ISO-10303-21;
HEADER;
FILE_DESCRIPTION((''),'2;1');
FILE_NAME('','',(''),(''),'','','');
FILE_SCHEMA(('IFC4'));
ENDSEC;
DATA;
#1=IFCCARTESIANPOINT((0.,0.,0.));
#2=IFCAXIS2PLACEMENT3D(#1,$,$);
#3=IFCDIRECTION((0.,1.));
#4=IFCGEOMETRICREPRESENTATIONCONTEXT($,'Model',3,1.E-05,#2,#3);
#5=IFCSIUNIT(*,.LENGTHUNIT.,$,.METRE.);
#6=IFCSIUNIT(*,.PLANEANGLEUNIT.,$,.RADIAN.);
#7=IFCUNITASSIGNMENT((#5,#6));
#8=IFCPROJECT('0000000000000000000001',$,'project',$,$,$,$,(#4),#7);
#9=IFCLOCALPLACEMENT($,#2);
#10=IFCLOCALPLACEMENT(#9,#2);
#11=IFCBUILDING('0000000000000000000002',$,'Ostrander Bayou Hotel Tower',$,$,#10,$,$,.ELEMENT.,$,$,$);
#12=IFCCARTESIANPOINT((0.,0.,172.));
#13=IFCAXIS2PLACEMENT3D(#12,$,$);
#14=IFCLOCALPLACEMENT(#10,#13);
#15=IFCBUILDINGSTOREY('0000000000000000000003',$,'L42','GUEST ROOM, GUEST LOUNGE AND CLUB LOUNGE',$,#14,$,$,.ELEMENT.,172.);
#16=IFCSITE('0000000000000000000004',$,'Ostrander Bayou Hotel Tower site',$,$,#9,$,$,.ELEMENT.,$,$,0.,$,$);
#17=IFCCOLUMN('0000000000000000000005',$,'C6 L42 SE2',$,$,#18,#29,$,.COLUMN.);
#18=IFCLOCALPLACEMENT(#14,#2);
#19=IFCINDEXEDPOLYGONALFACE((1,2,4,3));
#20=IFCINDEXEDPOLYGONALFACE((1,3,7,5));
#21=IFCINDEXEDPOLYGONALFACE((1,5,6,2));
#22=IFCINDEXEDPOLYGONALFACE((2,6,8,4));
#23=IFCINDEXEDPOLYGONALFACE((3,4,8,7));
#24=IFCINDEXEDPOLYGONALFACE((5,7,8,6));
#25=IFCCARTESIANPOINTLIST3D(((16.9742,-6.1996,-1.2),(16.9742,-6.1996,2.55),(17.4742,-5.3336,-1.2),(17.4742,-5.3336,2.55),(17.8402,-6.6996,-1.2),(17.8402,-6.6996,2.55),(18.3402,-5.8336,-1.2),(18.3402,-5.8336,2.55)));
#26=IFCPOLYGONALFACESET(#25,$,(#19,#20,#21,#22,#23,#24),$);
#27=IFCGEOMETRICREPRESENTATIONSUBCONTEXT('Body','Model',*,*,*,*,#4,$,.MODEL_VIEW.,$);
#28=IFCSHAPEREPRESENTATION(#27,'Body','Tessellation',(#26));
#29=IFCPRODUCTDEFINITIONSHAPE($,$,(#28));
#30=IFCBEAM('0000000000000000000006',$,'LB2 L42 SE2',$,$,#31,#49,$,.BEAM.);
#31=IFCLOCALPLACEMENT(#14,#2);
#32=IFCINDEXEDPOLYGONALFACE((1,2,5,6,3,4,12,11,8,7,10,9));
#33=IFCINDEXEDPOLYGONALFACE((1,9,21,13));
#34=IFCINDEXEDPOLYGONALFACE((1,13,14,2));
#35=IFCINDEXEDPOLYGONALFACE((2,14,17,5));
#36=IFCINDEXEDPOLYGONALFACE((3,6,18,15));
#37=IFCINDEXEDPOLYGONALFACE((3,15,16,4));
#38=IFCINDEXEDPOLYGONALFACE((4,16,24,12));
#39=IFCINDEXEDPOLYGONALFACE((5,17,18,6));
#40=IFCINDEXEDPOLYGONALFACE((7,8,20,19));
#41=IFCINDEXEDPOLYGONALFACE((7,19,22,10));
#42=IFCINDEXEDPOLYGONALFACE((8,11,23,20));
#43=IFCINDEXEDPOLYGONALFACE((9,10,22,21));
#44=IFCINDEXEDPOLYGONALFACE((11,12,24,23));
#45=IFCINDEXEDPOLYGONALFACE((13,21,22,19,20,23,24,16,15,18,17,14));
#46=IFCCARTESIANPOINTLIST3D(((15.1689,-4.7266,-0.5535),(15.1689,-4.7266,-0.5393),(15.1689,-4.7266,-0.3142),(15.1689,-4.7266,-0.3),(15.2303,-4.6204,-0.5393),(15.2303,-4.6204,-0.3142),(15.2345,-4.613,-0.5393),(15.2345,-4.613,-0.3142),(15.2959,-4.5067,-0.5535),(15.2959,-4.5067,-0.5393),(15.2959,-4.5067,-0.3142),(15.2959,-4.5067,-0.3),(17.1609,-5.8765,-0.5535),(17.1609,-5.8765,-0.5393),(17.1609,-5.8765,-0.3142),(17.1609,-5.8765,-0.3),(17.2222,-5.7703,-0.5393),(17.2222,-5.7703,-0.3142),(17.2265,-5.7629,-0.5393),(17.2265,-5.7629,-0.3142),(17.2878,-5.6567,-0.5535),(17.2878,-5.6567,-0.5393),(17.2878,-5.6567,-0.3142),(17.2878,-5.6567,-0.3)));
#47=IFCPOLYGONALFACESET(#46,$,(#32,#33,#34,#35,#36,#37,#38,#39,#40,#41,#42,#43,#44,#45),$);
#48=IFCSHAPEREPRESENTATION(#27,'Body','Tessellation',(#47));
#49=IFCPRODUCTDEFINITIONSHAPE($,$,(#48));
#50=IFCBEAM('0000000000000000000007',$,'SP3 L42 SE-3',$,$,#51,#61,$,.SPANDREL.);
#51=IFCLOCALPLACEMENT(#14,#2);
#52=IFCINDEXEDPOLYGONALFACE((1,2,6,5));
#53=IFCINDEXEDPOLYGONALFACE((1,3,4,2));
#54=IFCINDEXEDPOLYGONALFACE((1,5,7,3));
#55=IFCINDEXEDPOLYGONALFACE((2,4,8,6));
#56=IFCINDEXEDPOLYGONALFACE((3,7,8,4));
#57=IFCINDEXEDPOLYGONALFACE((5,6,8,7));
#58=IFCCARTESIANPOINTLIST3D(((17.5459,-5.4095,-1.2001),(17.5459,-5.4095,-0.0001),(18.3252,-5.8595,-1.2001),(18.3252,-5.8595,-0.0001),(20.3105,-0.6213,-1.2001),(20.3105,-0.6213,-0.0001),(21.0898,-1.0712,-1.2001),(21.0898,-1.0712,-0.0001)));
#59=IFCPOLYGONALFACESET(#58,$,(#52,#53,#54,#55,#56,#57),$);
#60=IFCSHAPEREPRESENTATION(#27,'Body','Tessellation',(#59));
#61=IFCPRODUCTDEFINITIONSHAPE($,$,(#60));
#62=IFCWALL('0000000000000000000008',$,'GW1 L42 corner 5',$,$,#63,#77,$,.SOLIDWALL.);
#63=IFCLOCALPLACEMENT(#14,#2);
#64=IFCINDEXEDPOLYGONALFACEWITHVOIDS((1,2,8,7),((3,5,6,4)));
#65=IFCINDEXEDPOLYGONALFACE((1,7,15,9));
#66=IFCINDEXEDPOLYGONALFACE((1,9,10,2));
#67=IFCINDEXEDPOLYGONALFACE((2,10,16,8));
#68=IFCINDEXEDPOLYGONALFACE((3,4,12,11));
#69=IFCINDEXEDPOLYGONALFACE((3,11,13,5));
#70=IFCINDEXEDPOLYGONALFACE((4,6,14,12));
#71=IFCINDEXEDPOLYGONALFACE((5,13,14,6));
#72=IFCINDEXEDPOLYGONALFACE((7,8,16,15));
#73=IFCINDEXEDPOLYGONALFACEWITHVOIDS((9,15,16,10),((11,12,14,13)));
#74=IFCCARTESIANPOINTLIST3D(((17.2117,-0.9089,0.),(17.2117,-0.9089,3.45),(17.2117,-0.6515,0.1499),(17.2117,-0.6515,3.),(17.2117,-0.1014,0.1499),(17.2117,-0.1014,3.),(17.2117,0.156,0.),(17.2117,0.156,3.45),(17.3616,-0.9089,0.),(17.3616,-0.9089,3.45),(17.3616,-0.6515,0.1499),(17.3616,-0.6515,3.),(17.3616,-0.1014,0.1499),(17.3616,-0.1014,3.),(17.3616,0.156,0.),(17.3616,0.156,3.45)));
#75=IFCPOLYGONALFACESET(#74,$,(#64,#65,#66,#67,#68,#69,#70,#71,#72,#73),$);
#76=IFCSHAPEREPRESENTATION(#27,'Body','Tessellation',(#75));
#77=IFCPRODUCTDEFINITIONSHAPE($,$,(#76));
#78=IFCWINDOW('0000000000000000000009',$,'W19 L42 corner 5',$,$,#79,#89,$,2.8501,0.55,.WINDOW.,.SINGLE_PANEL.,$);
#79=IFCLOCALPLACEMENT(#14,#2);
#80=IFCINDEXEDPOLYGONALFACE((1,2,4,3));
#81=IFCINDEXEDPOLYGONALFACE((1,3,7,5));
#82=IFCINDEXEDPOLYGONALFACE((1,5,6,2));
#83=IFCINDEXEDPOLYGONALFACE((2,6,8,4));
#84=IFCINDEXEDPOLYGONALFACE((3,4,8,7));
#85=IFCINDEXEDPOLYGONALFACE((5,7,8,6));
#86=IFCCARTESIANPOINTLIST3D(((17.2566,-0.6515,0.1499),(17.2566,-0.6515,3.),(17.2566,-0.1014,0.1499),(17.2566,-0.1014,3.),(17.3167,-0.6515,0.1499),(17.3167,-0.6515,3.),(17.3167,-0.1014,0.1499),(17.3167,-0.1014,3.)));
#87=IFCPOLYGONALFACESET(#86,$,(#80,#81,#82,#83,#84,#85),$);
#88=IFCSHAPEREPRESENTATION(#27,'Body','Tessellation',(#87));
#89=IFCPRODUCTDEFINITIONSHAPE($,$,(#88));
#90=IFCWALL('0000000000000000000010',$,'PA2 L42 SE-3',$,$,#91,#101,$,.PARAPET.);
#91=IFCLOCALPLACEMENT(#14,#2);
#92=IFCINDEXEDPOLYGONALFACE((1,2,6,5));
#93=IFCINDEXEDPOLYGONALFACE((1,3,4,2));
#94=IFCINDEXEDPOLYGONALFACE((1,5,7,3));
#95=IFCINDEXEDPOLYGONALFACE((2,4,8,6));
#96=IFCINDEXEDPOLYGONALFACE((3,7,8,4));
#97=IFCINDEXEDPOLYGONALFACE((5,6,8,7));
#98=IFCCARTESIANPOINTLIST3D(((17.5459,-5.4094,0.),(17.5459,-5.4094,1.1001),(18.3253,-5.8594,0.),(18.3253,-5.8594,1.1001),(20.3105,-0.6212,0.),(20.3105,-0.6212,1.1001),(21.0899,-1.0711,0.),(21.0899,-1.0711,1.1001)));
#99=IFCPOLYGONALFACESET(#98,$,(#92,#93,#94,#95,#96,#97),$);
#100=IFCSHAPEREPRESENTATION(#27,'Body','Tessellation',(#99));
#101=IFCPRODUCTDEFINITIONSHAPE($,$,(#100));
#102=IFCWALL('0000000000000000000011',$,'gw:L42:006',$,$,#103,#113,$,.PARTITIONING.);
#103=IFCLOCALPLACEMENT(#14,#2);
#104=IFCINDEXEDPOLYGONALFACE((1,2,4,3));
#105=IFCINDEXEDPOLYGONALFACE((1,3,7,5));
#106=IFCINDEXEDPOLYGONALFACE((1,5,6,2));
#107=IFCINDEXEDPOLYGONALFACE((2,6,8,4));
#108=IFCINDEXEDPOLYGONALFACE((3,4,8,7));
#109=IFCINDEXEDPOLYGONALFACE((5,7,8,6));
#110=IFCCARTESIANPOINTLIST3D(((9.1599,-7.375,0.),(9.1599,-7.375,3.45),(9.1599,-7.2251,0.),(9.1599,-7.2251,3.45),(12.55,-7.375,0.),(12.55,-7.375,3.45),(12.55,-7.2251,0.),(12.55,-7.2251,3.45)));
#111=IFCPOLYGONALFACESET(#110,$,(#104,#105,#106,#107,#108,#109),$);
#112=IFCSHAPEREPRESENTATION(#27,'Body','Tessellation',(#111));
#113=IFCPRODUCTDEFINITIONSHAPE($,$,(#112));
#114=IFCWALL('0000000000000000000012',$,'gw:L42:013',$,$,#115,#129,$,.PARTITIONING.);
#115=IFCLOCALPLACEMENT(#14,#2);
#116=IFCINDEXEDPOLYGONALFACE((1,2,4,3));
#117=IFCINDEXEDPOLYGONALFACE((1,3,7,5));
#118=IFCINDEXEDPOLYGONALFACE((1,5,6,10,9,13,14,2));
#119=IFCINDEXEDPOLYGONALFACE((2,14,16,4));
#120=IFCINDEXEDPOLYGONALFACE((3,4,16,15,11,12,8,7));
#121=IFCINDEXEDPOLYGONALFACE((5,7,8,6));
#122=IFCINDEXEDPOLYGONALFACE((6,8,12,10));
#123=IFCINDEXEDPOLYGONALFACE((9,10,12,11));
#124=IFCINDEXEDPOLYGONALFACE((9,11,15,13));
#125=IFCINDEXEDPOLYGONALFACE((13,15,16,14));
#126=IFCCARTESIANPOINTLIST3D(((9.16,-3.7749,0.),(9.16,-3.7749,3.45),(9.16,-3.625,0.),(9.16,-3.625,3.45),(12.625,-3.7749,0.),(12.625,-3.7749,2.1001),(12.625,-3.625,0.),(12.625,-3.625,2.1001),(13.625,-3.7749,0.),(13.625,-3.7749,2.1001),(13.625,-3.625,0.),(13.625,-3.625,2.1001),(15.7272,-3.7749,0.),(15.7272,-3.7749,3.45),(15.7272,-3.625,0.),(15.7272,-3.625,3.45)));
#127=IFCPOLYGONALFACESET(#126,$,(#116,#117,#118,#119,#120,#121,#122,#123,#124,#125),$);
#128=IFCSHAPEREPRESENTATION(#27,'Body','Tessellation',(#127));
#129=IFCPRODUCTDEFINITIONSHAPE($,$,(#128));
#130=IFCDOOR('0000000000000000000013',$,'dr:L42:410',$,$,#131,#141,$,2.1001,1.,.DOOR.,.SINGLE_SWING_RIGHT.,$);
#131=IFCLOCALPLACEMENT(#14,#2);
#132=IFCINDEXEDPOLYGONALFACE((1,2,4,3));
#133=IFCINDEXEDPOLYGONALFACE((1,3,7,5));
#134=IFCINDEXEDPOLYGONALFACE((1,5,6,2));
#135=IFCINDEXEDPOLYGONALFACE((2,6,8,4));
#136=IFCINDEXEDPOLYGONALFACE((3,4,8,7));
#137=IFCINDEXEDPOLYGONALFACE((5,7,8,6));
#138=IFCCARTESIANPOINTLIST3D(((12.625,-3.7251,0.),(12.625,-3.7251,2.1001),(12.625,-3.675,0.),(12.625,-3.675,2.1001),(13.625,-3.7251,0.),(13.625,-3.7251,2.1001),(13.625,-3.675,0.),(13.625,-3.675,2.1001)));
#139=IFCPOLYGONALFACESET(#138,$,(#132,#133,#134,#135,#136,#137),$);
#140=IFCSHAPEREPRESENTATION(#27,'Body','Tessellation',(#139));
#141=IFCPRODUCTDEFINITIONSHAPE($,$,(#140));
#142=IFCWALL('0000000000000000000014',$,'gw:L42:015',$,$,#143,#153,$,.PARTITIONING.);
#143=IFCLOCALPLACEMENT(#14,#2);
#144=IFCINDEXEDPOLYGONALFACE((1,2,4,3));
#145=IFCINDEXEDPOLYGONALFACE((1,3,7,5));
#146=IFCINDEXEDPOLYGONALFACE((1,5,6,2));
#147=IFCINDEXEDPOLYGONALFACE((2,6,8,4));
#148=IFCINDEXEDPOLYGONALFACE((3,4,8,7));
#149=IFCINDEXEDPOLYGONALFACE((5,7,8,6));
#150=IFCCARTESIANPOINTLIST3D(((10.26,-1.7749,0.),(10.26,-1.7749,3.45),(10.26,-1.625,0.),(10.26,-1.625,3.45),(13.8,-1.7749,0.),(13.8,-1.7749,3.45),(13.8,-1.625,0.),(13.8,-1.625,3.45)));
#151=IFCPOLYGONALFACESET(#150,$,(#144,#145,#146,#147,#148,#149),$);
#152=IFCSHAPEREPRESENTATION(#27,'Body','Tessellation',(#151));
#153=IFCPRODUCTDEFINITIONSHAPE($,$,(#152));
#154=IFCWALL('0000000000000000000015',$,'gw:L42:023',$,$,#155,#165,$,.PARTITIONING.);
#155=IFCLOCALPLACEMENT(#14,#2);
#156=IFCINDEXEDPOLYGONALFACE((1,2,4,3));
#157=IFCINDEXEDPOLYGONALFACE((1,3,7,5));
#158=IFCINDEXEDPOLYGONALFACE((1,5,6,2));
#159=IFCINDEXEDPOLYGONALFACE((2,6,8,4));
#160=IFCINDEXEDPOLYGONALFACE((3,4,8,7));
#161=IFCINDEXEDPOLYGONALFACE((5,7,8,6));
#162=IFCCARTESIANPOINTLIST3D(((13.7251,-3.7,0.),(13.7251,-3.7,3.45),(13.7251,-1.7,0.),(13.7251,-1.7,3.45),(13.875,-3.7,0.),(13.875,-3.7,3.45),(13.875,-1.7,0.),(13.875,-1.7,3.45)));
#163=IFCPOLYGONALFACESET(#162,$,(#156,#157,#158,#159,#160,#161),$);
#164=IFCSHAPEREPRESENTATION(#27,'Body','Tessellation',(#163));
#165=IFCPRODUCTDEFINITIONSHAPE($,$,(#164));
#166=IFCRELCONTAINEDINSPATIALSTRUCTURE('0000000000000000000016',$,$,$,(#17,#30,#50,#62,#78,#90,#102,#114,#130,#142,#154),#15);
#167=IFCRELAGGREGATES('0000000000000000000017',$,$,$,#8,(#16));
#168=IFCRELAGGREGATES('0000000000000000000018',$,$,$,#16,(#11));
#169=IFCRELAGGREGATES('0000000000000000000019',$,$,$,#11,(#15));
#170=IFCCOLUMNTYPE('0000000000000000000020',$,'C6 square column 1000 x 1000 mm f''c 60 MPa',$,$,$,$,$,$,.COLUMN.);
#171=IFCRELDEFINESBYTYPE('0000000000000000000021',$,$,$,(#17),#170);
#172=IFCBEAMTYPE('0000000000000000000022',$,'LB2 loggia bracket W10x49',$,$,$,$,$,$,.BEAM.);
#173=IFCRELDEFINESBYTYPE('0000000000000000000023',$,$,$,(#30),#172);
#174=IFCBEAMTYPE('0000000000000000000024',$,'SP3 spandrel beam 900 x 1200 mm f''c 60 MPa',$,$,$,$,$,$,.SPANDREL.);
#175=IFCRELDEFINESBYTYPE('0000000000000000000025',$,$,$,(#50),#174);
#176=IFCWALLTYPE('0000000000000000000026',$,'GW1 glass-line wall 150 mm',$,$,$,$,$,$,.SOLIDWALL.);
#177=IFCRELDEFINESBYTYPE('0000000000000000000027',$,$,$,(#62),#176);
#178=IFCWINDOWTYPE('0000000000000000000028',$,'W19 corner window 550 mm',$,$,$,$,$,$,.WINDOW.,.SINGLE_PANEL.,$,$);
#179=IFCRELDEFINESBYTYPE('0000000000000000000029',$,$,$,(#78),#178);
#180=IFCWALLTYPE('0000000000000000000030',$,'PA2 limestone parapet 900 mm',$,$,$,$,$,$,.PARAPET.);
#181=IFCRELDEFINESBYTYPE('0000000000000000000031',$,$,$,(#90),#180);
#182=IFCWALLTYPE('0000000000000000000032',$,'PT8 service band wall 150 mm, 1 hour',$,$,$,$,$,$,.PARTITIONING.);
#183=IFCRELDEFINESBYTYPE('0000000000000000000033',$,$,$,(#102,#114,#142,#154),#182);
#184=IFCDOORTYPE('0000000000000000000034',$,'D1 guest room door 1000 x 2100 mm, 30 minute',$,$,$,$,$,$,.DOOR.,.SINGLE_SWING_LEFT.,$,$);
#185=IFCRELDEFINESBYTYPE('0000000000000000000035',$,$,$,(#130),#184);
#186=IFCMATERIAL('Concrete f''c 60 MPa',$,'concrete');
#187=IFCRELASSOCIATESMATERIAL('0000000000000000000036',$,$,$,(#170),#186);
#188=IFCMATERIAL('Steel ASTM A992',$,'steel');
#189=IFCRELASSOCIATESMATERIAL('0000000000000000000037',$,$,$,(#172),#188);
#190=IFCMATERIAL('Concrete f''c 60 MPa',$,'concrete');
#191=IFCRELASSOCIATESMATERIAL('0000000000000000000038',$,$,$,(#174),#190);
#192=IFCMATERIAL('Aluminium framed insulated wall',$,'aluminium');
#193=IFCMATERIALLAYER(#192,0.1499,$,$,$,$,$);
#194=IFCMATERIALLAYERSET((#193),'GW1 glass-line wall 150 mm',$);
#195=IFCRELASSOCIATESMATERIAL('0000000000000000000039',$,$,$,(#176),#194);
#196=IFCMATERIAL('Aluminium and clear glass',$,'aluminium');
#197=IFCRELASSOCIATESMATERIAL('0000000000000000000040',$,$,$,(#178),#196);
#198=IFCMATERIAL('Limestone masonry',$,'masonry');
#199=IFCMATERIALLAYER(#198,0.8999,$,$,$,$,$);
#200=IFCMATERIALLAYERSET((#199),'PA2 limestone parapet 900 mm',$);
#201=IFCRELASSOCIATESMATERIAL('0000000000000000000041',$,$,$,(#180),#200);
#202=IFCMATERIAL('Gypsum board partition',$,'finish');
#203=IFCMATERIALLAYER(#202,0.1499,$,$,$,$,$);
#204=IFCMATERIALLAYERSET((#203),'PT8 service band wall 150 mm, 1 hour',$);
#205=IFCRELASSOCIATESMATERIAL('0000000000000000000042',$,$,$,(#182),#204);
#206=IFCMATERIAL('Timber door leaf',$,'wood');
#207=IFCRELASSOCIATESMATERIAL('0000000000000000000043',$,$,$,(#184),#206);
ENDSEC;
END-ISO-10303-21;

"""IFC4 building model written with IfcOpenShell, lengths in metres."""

from ifc_helpers import new_model, si_unit, direction, frame, frame_2d, origin, origin_2d, place, context, subcontext, project, spatial, rectangle, i_section, extrude, material, layer, layer_set, material_profile, profile_set, type_object, element, fill, save


model = new_model("IFC4")

# Units and contexts
model_context = context("Model", 3, precision=1e-05, world=origin(), true_north=direction((0.0, 1.0)))
body_context = subcontext(model_context, "Body", "Model", "MODEL_VIEW")
ifc_project = project(units=[si_unit("LENGTHUNIT", "METRE"), si_unit("PLANEANGLEUNIT", "RADIAN")], contexts=[model_context])

# Site, building, storey
site_placement = place(None, origin())
site = spatial("IfcSite", under=ifc_project, at=site_placement, Name="Ostrander Bayou Hotel Tower site", CompositionType="ELEMENT", RefElevation=0.0)
building_placement = place(site_placement, origin())
building = spatial("IfcBuilding", under=site, at=building_placement, Name="Ostrander Bayou Hotel Tower", CompositionType="ELEMENT")
storey_placement = place(building_placement, frame((0.0, 0.0, 172.0)))
storey = spatial("IfcBuildingStorey", under=building, at=storey_placement, Name="L42", Description="GUEST ROOM, GUEST LOUNGE AND CLUB LOUNGE", CompositionType="ELEMENT", Elevation=172.0)

# Column
ifc_material_1 = material(Name="Concrete f'c 60 MPa", Category="concrete")
ifc_material_profile_1 = material_profile(ifc_material_1, rectangle(XDim=1.0, YDim=1.0, at=origin_2d()))
ifc_profile_set_1 = profile_set([ifc_material_profile_1], Name="Concrete f'c 60 MPa")
column_type = type_object("IfcColumnType", Name="C6 square column 1000 x 1000 mm f'c 60 MPa", PredefinedType="COLUMN", material=ifc_profile_set_1)
column_placement = place(storey_placement, frame((17.6572, -6.0166, -1.2), z_axis=(0.0, 0.0, 1.0), x_axis=(-0.5, -0.866025, 0.0)))
element("IfcColumn", 1, at=column_placement, inside=storey, type_object=column_type, Name="C6 L42 SE2", PredefinedType="COLUMN", context=body_context, shape_type="SweptSolid", body=[
    extrude(rectangle(XDim=1.0, YDim=1.0, at=origin_2d()), origin(), (0.0, 0.0, 1.0), 3.75),
])

# Beams
ifc_material_2 = material(Name="Steel ASTM A992", Category="steel")
ifc_material_profile_2 = material_profile(ifc_material_2, i_section(OverallWidth=0.2539, OverallDepth=0.2534, WebThickness=0.0085, FlangeThickness=0.0142, at=origin_2d()))
ifc_profile_set_2 = profile_set([ifc_material_profile_2], Name="Steel ASTM A992")
beam_type_1 = type_object("IfcBeamType", Name="LB2 loggia bracket W10x49", PredefinedType="BEAM", material=ifc_profile_set_2)
beam_1_placement = place(storey_placement, frame((17.2244, -5.7666, -0.4268), z_axis=(-0.866053, 0.499952, 0.0), x_axis=(-0.499952, -0.866053, 0.0)))
element("IfcBeam", 2, at=beam_1_placement, inside=storey, type_object=beam_type_1, Name="LB2 L42 SE2", PredefinedType="BEAM", context=body_context, shape_type="SweptSolid", body=[
    extrude(i_section(OverallWidth=0.2539, OverallDepth=0.2534, WebThickness=0.0085, FlangeThickness=0.0142, at=origin_2d()), origin(), (0.0, 0.0, 1.0), 2.3),
])
ifc_material_3 = material(Name="Concrete f'c 60 MPa", Category="concrete")
ifc_material_profile_3 = material_profile(ifc_material_3, rectangle(XDim=0.8999, YDim=1.2, at=origin_2d()))
ifc_profile_set_3 = profile_set([ifc_material_profile_3], Name="Concrete f'c 60 MPa")
beam_type_2 = type_object("IfcBeamType", Name="SP3 spandrel beam 900 x 1200 mm f'c 60 MPa", PredefinedType="SPANDREL", material=ifc_profile_set_3)
beam_2_placement = place(storey_placement, frame((17.9355, -5.6345, -0.6001), z_axis=(0.500014, 0.866017, 0.0), x_axis=(-0.866017, 0.500014, 0.0)))
element("IfcBeam", 3, at=beam_2_placement, inside=storey, type_object=beam_type_2, Name="SP3 L42 SE-3", PredefinedType="SPANDREL", context=body_context, shape_type="SweptSolid", body=[
    extrude(rectangle(XDim=0.8999, YDim=1.2, at=origin_2d()), origin(), (0.0, 0.0, 1.0), 5.5291),
])

# Wall, opening, window
ifc_material_4 = material(Name="Aluminium framed insulated wall", Category="aluminium")
ifc_layer_1 = layer(ifc_material_4, 0.1499)
ifc_layer_set_1 = layer_set([ifc_layer_1], Name="GW1 glass-line wall 150 mm")
wall_type_1 = type_object("IfcWallType", Name="GW1 glass-line wall 150 mm", PredefinedType="SOLIDWALL", material=ifc_layer_set_1)
wall_1_placement = place(storey_placement, frame((17.2866, -0.9089, 0.0), z_axis=(0.0, 0.0, 1.0), x_axis=(0.0, 1.0, 0.0)))
wall_1 = element("IfcWall", 4, at=wall_1_placement, inside=storey, type_object=wall_type_1, Name="GW1 L42 corner 5", PredefinedType="SOLIDWALL", context=body_context, shape_type="SweptSolid", body=[
    extrude(rectangle(XDim=1.0649, YDim=0.1499, at=frame_2d((0.5325, 0.0))), origin(), (0.0, 0.0, 1.0), 3.45),
])
opening_1_placement = place(wall_1_placement, frame((0.2576, 0.0, 0.1499)))
opening_1 = element("IfcOpeningElement", 5, at=opening_1_placement, cuts=wall_1, PredefinedType="OPENING", context=body_context, shape_type="SweptSolid", body=[
    extrude(rectangle(XDim=0.55, YDim=2.8501, at=frame_2d((0.2749, 1.425))), frame((0.0, 0.075, 0.0), z_axis=(0.0, -1.0, 0.0), x_axis=(1.0, 0.0, 0.0)), (0.0, 0.0, 1.0), 0.1499),
])
ifc_material_5 = material(Name="Aluminium and clear glass", Category="aluminium")
window_type = type_object("IfcWindowType", Name="W19 corner window 550 mm", PartitioningType="SINGLE_PANEL", PredefinedType="WINDOW", material=ifc_material_5)
window_placement = place(opening_1_placement, origin())
window = element("IfcWindow", 6, at=window_placement, inside=storey, type_object=window_type, Name="W19 L42 corner 5", OverallHeight=2.8501, OverallWidth=0.55, PartitioningType="SINGLE_PANEL", PredefinedType="WINDOW", context=body_context, shape_type="SweptSolid", body=[
    extrude(rectangle(XDim=0.55, YDim=2.8501, at=frame_2d((0.2749, 1.425))), frame((0.0, 0.03, 0.0), z_axis=(0.0, -1.0, 0.0), x_axis=(1.0, 0.0, 0.0)), (0.0, 0.0, 1.0), 0.0601),
])
fill(opening_1, window)

# Walls
ifc_material_6 = material(Name="Limestone masonry", Category="masonry")
ifc_layer_2 = layer(ifc_material_6, 0.8999)
ifc_layer_set_2 = layer_set([ifc_layer_2], Name="PA2 limestone parapet 900 mm")
wall_type_2 = type_object("IfcWallType", Name="PA2 limestone parapet 900 mm", PredefinedType="PARAPET", material=ifc_layer_set_2)
wall_2_placement = place(storey_placement, frame((17.9355, -5.6345, 0.0), z_axis=(0.0, 0.0, 1.0), x_axis=(0.500014, 0.866017, 0.0)))
element("IfcWall", 7, at=wall_2_placement, inside=storey, type_object=wall_type_2, Name="PA2 L42 SE-3", PredefinedType="PARAPET", context=body_context, shape_type="SweptSolid", body=[
    extrude(rectangle(XDim=5.5291, YDim=0.8999, at=frame_2d((2.7646, 0.0))), origin(), (0.0, 0.0, 1.0), 1.1001),
])
ifc_material_7 = material(Name="Gypsum board partition", Category="finish")
ifc_layer_3 = layer(ifc_material_7, 0.1499)
ifc_layer_set_3 = layer_set([ifc_layer_3], Name="PT8 service band wall 150 mm, 1 hour")
wall_type_3 = type_object("IfcWallType", Name="PT8 service band wall 150 mm, 1 hour", PredefinedType="PARTITIONING", material=ifc_layer_set_3)
wall_3_placement = place(storey_placement, frame((9.1599, -7.3, 0.0), z_axis=(0.0, 0.0, 1.0), x_axis=(1.0, 0.0, 0.0)))
element("IfcWall", 8, at=wall_3_placement, inside=storey, type_object=wall_type_3, Name="gw:L42:006", PredefinedType="PARTITIONING", context=body_context, shape_type="SweptSolid", body=[
    extrude(rectangle(XDim=3.3901, YDim=0.1499, at=frame_2d((1.6951, 0.0))), origin(), (0.0, 0.0, 1.0), 3.45),
])

# Wall, opening, door
wall_4_placement = place(storey_placement, frame((9.1599, -3.7, 0.0), z_axis=(0.0, 0.0, 1.0), x_axis=(1.0, 0.0, 0.0)))
wall_4 = element("IfcWall", 9, at=wall_4_placement, inside=storey, type_object=wall_type_3, Name="gw:L42:013", PredefinedType="PARTITIONING", context=body_context, shape_type="SweptSolid", body=[
    extrude(rectangle(XDim=6.5671, YDim=0.1499, at=frame_2d((3.2837, 0.0))), origin(), (0.0, 0.0, 1.0), 3.45),
])
opening_2_placement = place(wall_4_placement, frame((3.4651, 0.0, 0.0)))
opening_2 = element("IfcOpeningElement", 10, at=opening_2_placement, cuts=wall_4, PredefinedType="OPENING", context=body_context, shape_type="SweptSolid", body=[
    extrude(rectangle(XDim=1.0, YDim=2.1001, at=frame_2d((0.5, 1.05))), frame((0.0, 0.075, 0.0), z_axis=(0.0, -1.0, 0.0), x_axis=(1.0, 0.0, 0.0)), (0.0, 0.0, 1.0), 0.1499),
])
ifc_material_8 = material(Name="Timber door leaf", Category="wood")
door_type_1 = type_object("IfcDoorType", Name="D1 guest room door 1000 x 2100 mm, 30 minute", OperationType="SINGLE_SWING_LEFT", PredefinedType="DOOR", material=ifc_material_8)
door_1_placement = place(opening_2_placement, origin())
door_1 = element("IfcDoor", 11, at=door_1_placement, inside=storey, type_object=door_type_1, Name="dr:L42:410", OperationType="SINGLE_SWING_RIGHT", OverallHeight=2.1001, OverallWidth=1.0, PredefinedType="DOOR", context=body_context, shape_type="SweptSolid", body=[
    extrude(rectangle(XDim=1.0, YDim=2.1001, at=frame_2d((0.5, 1.05))), frame((0.0, 0.0249, 0.0), z_axis=(0.0, -1.0, 0.0), x_axis=(1.0, 0.0, 0.0)), (0.0, 0.0, 1.0), 0.05),
])
fill(opening_2, door_1)

# Walls
wall_5_placement = place(storey_placement, frame((10.26, -1.7, 0.0), z_axis=(0.0, 0.0, 1.0), x_axis=(1.0, 0.0, 0.0)))
element("IfcWall", 12, at=wall_5_placement, inside=storey, type_object=wall_type_3, Name="gw:L42:015", PredefinedType="PARTITIONING", context=body_context, shape_type="SweptSolid", body=[
    extrude(rectangle(XDim=3.54, YDim=0.1499, at=frame_2d((1.77, 0.0))), origin(), (0.0, 0.0, 1.0), 3.45),
])
wall_6_placement = place(storey_placement, frame((13.8, -3.7, 0.0), z_axis=(0.0, 0.0, 1.0), x_axis=(0.0, 1.0, 0.0)))
element("IfcWall", 13, at=wall_6_placement, inside=storey, type_object=wall_type_3, Name="gw:L42:023", PredefinedType="PARTITIONING", context=body_context, shape_type="SweptSolid", body=[
    extrude(rectangle(XDim=2.0, YDim=0.1499, at=frame_2d((1.0, 0.0))), origin(), (0.0, 0.0, 1.0), 3.45),
])

save(model, "model.ifc")
